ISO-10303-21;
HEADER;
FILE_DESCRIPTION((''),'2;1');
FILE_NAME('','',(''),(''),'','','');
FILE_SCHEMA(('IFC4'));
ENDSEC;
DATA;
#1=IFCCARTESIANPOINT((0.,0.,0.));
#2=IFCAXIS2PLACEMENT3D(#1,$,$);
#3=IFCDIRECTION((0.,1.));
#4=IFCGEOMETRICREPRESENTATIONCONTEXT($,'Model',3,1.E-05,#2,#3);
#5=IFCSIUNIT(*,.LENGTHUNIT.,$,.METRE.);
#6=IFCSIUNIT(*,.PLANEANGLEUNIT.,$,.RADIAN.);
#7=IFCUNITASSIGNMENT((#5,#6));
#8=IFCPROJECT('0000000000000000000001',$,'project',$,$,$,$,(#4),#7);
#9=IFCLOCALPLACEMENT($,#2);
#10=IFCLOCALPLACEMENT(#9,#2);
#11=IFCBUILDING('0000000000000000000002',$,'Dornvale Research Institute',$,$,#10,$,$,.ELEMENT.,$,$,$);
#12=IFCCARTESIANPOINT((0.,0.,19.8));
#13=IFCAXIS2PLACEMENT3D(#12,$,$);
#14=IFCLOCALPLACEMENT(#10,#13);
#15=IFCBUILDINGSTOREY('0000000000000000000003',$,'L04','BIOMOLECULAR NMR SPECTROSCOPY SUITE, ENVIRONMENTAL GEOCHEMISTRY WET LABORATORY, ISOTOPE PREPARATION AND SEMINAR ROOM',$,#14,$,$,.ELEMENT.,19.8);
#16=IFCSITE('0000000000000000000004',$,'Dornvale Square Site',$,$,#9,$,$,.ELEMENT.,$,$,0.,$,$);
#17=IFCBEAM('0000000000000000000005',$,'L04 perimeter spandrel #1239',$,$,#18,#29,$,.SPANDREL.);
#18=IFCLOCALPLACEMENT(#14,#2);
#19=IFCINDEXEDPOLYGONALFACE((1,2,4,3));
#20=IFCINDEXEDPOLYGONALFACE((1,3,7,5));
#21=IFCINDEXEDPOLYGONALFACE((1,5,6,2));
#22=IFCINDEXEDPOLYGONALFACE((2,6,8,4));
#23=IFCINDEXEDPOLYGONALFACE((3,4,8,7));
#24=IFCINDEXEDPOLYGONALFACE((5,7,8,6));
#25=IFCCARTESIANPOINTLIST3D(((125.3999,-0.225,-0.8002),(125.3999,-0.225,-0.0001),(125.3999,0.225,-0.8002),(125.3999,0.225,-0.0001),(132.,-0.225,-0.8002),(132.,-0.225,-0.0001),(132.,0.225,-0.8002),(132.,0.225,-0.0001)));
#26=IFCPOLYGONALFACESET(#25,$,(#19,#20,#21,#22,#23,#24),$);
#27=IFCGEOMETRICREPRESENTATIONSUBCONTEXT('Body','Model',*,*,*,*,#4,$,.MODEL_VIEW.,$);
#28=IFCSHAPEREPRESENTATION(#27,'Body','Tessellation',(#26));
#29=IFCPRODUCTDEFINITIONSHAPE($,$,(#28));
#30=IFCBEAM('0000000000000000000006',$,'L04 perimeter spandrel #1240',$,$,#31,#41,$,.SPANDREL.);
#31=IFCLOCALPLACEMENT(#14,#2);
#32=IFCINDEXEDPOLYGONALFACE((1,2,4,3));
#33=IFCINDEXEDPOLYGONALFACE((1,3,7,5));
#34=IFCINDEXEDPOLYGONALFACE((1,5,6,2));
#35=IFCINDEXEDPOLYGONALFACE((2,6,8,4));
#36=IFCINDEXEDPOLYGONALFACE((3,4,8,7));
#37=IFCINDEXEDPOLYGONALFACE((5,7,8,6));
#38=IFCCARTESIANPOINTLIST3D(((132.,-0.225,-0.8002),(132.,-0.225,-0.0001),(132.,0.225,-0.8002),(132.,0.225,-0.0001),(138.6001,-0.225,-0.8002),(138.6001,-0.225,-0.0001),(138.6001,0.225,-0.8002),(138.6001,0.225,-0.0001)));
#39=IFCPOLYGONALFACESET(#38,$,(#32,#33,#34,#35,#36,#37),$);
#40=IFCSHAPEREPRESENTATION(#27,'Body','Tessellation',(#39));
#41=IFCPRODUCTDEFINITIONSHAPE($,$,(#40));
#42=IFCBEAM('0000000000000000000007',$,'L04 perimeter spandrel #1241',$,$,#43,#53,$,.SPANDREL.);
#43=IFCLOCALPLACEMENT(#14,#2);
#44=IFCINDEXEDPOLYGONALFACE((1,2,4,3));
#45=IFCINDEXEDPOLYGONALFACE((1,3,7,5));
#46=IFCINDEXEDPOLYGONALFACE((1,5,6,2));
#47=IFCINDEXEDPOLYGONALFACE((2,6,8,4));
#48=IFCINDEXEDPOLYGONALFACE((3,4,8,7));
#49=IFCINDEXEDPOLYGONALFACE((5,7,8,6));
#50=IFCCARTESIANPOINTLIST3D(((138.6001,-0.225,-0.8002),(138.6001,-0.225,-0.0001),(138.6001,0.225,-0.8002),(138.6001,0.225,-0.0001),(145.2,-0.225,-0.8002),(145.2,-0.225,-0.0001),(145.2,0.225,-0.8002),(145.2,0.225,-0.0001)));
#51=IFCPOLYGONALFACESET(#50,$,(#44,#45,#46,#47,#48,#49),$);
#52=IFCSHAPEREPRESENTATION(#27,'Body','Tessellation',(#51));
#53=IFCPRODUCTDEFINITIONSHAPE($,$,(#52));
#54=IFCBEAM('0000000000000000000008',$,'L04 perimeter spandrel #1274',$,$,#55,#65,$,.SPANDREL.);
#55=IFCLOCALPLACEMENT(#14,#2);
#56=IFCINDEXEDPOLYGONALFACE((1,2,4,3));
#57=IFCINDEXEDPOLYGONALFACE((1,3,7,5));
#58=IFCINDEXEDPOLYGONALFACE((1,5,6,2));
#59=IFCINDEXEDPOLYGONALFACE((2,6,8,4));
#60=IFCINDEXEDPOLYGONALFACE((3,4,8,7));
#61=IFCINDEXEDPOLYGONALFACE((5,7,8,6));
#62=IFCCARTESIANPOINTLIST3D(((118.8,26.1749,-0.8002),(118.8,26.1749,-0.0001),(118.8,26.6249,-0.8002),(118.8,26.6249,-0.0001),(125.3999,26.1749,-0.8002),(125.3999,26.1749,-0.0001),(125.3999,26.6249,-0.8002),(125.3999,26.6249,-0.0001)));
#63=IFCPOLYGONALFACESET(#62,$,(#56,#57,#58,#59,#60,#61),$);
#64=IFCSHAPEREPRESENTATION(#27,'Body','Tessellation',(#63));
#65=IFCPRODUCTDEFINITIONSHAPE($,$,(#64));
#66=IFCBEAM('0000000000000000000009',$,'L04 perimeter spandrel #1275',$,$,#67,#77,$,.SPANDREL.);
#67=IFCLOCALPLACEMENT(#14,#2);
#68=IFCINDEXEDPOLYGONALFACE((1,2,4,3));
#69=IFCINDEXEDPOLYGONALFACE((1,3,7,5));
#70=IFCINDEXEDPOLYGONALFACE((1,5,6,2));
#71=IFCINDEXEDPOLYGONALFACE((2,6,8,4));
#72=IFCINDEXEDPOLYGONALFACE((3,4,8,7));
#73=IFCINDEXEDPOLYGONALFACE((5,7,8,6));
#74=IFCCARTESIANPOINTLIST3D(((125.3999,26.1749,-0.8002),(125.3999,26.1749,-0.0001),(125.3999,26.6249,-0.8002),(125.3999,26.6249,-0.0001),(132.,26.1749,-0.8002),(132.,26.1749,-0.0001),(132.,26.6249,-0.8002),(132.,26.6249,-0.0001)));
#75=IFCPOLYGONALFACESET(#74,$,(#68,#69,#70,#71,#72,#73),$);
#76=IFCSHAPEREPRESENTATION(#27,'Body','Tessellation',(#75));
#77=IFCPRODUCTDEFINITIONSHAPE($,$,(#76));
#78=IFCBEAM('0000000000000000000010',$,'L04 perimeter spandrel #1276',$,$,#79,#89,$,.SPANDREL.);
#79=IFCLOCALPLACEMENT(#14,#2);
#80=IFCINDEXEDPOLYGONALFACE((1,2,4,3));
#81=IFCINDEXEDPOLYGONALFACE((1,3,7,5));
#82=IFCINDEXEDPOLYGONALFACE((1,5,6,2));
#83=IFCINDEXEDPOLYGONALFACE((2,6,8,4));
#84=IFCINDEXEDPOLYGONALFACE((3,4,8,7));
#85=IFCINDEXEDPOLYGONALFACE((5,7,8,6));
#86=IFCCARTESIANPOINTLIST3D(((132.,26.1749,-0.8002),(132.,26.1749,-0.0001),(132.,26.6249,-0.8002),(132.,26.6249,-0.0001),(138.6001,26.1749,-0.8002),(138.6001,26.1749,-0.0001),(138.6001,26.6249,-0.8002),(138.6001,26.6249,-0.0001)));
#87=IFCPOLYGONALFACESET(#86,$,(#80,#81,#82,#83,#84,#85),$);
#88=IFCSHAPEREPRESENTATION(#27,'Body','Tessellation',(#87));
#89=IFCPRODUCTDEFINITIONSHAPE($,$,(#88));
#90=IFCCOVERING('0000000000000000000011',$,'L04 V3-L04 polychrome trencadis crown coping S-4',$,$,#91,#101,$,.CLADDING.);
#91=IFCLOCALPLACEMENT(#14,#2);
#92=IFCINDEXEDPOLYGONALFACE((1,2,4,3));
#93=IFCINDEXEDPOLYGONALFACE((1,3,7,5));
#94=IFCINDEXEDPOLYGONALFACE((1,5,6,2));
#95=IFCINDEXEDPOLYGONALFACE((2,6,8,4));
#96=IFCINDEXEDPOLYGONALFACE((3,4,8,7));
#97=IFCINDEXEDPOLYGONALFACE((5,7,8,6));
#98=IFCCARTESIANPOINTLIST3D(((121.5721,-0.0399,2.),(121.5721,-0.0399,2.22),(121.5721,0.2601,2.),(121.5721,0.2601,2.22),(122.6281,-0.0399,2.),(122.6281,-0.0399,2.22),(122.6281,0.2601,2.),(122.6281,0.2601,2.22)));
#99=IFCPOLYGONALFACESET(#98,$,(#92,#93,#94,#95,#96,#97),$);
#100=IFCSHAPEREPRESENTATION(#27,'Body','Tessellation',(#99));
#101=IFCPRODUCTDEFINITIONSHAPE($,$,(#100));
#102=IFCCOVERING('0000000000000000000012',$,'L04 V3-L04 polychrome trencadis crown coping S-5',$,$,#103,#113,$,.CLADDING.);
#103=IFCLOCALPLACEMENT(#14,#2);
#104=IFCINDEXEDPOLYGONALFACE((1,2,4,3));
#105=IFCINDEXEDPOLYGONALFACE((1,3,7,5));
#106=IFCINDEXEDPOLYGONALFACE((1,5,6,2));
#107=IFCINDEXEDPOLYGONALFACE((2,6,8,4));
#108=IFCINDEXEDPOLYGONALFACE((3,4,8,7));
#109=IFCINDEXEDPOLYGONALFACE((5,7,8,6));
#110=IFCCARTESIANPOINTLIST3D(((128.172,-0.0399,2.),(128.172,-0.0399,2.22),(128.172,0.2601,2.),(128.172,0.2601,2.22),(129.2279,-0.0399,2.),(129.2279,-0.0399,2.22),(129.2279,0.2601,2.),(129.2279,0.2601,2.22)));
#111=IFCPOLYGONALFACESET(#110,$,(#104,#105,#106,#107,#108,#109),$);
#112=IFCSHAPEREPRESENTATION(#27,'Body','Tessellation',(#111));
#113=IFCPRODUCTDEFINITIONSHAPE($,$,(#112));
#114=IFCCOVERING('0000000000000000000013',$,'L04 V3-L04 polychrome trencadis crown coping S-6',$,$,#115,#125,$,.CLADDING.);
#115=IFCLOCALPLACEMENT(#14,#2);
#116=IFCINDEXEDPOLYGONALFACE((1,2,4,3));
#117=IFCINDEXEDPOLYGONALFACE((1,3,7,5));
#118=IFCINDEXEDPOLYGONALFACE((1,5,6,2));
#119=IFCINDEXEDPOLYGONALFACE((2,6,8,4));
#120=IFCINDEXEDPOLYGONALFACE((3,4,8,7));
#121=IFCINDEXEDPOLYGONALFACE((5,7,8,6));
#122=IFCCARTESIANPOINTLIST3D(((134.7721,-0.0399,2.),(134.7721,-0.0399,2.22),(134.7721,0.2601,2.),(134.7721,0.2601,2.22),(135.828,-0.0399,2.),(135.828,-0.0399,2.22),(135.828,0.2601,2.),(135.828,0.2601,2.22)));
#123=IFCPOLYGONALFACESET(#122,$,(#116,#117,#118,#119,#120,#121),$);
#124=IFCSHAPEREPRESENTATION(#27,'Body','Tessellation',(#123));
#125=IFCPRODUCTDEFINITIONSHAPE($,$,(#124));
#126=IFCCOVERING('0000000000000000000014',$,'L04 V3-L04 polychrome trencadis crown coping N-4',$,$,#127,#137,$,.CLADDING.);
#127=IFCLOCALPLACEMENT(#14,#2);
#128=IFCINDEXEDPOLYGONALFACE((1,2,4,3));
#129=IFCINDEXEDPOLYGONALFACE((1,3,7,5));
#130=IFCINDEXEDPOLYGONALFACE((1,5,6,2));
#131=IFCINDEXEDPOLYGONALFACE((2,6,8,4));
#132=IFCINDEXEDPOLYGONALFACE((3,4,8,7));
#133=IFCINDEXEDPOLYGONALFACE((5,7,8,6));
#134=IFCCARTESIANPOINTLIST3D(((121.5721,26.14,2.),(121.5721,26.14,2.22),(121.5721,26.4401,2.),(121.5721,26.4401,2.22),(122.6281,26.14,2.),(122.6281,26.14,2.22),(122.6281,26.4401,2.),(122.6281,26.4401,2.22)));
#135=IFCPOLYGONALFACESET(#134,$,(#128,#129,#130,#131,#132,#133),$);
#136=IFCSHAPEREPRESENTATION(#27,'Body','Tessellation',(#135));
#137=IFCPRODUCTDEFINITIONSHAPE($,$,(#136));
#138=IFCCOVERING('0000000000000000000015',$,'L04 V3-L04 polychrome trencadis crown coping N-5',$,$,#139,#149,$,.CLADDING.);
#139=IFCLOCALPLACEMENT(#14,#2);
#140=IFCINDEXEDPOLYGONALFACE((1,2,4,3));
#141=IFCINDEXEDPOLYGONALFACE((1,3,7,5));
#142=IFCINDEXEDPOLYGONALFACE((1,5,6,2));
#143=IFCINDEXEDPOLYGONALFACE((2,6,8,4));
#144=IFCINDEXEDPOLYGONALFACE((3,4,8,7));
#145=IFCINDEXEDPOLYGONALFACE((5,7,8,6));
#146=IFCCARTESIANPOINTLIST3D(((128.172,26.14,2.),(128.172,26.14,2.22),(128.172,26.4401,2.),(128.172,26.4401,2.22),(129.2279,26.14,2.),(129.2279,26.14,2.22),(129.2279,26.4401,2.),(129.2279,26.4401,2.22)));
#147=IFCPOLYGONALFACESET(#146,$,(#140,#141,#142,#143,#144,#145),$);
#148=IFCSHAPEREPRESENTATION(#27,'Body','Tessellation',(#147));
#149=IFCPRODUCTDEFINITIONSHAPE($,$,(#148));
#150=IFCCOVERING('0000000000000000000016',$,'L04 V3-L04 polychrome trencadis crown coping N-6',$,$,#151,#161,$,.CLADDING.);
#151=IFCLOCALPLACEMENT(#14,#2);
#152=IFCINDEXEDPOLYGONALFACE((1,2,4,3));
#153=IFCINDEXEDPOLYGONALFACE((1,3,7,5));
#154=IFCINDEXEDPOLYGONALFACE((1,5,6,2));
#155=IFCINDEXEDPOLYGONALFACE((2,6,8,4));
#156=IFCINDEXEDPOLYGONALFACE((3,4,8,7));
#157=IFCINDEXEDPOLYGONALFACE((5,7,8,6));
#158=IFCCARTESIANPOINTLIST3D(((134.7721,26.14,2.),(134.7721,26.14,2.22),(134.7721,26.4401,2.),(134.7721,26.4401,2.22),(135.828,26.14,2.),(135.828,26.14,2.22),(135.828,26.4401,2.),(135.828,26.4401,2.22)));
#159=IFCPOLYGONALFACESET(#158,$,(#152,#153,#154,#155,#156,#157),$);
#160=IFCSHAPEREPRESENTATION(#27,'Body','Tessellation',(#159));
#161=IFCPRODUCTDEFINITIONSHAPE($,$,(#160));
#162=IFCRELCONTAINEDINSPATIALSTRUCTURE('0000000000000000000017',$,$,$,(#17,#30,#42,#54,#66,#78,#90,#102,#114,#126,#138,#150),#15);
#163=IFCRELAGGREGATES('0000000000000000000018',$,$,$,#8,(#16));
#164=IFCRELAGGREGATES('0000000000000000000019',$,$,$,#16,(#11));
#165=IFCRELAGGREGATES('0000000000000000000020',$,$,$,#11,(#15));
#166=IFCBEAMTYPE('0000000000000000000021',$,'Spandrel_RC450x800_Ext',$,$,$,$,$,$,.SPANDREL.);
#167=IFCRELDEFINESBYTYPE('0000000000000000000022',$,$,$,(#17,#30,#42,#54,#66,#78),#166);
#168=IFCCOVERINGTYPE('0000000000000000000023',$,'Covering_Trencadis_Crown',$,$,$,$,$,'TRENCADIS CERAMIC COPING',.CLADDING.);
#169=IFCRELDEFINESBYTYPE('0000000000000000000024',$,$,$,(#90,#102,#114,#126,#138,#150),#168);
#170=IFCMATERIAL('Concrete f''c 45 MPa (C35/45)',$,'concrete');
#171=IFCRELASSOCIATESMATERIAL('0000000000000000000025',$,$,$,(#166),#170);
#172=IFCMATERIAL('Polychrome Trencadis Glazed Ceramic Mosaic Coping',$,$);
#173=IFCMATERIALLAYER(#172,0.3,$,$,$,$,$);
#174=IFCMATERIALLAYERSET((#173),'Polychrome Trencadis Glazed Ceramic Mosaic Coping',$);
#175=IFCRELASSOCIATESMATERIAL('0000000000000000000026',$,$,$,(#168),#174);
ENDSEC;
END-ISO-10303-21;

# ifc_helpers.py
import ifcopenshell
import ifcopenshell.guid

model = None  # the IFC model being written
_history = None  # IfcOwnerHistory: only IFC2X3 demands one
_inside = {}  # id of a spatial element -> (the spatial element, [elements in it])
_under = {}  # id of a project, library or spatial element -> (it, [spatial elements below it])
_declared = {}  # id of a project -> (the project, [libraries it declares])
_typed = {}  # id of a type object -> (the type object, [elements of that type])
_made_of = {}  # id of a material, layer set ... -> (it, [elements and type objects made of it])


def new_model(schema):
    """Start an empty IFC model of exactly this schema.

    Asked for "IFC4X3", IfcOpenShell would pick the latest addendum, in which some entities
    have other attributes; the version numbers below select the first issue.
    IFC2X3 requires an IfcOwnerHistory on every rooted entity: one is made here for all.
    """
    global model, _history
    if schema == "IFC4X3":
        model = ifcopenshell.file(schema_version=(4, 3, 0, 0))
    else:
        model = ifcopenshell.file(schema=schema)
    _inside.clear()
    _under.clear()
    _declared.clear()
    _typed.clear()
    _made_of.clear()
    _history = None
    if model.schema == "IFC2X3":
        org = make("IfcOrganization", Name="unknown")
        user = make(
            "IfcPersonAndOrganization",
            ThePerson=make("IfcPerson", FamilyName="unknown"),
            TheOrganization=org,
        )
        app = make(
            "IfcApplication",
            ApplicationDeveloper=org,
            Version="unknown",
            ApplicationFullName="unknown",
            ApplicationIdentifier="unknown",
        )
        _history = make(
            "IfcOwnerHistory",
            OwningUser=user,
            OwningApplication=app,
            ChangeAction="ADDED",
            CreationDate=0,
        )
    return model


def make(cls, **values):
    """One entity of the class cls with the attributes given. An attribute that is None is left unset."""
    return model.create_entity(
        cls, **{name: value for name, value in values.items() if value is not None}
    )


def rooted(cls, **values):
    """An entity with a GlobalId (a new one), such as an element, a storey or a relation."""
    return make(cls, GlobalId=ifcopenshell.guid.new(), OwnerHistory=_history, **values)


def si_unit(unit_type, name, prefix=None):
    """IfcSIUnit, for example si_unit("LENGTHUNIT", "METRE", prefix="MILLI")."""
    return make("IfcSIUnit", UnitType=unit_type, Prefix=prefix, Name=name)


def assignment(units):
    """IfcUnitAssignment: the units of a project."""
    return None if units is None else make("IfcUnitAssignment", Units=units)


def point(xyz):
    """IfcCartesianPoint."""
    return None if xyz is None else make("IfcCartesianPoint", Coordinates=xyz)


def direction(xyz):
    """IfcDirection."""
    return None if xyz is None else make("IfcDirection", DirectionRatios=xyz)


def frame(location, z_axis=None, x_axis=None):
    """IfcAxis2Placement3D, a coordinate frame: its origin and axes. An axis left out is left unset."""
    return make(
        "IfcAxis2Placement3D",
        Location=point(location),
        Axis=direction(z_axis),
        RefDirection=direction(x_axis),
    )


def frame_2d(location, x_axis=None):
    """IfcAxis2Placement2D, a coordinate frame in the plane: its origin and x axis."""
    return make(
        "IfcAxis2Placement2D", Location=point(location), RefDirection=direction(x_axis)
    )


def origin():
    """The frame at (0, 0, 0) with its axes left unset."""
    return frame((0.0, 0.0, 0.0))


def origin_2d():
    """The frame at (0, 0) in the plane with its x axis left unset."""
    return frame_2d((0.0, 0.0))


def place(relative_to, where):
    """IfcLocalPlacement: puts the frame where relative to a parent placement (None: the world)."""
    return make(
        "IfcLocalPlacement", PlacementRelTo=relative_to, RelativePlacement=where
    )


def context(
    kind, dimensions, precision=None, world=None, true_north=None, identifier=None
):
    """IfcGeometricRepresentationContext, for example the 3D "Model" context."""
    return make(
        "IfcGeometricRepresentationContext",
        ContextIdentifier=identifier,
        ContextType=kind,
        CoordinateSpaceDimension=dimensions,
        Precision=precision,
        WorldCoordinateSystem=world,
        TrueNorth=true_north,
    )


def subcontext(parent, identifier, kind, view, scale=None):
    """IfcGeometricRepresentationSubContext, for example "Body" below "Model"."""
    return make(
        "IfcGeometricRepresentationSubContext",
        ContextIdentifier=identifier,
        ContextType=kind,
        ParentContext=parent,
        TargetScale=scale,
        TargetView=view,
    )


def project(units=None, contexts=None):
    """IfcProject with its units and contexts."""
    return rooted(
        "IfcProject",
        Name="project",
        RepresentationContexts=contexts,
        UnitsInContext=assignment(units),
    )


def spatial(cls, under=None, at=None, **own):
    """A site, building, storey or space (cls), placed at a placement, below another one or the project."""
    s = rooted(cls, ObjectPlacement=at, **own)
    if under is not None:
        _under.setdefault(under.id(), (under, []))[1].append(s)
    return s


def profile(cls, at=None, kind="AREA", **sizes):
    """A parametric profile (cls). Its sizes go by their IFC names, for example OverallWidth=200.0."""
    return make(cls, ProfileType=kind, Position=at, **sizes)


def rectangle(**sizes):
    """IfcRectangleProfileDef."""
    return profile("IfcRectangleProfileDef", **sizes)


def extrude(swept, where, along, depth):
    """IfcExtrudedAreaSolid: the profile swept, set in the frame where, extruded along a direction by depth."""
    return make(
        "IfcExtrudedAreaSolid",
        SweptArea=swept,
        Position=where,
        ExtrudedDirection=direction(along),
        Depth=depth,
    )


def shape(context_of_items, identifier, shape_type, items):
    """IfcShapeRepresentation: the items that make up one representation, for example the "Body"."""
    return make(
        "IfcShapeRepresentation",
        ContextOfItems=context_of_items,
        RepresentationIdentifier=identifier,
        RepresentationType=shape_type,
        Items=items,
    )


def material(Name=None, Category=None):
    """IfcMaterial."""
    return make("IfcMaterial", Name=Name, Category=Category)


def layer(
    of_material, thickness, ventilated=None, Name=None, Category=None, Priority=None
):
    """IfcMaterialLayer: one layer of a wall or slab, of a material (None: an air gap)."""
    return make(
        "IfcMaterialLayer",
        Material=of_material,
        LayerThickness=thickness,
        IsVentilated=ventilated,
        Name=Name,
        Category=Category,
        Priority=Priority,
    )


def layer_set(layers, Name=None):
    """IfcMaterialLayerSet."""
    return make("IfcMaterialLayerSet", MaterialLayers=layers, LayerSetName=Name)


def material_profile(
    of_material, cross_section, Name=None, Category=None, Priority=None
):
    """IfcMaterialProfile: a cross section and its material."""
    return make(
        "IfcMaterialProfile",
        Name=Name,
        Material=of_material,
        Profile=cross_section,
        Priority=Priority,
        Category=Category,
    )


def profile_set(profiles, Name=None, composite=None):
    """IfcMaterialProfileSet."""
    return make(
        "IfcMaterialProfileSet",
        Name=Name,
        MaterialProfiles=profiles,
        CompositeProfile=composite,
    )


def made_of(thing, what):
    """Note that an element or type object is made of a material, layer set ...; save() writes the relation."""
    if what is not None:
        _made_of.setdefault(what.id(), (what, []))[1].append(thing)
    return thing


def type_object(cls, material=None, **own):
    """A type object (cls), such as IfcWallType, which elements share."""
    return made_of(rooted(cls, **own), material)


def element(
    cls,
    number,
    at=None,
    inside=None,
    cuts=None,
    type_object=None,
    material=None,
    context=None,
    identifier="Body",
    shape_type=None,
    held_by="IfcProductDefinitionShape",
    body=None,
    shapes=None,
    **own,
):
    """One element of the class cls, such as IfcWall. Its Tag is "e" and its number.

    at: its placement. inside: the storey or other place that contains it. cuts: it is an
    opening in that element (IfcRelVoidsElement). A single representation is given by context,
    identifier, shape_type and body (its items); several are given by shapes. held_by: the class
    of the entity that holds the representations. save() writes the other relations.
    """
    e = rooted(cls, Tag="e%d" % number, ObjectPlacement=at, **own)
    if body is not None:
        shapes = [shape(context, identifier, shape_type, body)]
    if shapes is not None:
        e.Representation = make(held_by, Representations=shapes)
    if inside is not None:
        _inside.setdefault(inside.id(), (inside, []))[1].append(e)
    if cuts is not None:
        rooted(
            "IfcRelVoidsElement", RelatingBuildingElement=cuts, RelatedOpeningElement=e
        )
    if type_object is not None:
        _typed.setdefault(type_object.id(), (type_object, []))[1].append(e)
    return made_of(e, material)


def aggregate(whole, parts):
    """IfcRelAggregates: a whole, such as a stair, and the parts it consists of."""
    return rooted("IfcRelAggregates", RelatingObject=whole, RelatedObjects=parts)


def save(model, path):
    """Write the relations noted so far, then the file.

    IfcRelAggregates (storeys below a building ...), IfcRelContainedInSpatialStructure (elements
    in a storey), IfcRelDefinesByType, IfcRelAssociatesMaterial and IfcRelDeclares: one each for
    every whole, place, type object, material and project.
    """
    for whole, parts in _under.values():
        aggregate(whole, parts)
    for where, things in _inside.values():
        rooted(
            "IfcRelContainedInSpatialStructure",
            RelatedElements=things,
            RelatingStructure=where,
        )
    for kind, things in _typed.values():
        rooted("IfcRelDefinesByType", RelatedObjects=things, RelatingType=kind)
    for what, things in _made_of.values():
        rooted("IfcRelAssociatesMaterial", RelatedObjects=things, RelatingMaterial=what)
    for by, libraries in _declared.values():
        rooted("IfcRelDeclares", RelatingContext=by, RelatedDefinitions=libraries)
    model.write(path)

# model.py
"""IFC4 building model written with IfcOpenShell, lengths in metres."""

from ifc_helpers import new_model, si_unit, direction, frame, origin, origin_2d, place, context, subcontext, project, spatial, rectangle, extrude, material, layer, layer_set, material_profile, profile_set, type_object, element, save


model = new_model("IFC4")

# Units and contexts
model_context = context("Model", 3, precision=1e-05, world=origin(), true_north=direction((0.0, 1.0)))
body_context = subcontext(model_context, "Body", "Model", "MODEL_VIEW")
ifc_project = project(units=[si_unit("LENGTHUNIT", "METRE"), si_unit("PLANEANGLEUNIT", "RADIAN")], contexts=[model_context])

# Site, building, storey
site_placement = place(None, origin())
site = spatial("IfcSite", under=ifc_project, at=site_placement, Name="Dornvale Square Site", CompositionType="ELEMENT", RefElevation=0.0)
building_placement = place(site_placement, origin())
building = spatial("IfcBuilding", under=site, at=building_placement, Name="Dornvale Research Institute", CompositionType="ELEMENT")
storey_placement = place(building_placement, frame((0.0, 0.0, 19.8)))
storey = spatial("IfcBuildingStorey", under=building, at=storey_placement, Name="L04", Description="BIOMOLECULAR NMR SPECTROSCOPY SUITE, ENVIRONMENTAL GEOCHEMISTRY WET LABORATORY, ISOTOPE PREPARATION AND SEMINAR ROOM", CompositionType="ELEMENT", Elevation=19.8)

# Beams
ifc_material_1 = material(Name="Concrete f'c 45 MPa (C35/45)", Category="concrete")
ifc_material_profile_1 = material_profile(ifc_material_1, rectangle(XDim=0.45, YDim=0.8, at=origin_2d()), Name="RC 450x800")
ifc_profile_set_1 = profile_set([ifc_material_profile_1], Name="Concrete f'c 45 MPa (C35/45)")
beam_type_1 = type_object("IfcBeamType", Name="Spandrel_RC450x800_Ext", PredefinedType="SPANDREL", material=ifc_profile_set_1)
for number, where, z_axis, x_axis, name in (
    (1, (125.3999, 0.0, -0.4001), (1.0, 0.0, 0.0), (0.0, 1.0, 0.0), "L04 perimeter spandrel #1239"),
    (2, (132.0, 0.0, -0.4001), (1.0, 0.0, 0.0), (0.0, 1.0, 0.0), "L04 perimeter spandrel #1240"),
):
    element("IfcBeam", number, at=place(storey_placement, frame(where, z_axis=z_axis, x_axis=x_axis)), inside=storey, type_object=beam_type_1, Name=name, PredefinedType="SPANDREL", context=body_context, shape_type="SweptSolid", body=[
        extrude(rectangle(XDim=0.45, YDim=0.8, at=origin_2d()), origin(), (0.0, 0.0, 1.0), 6.6001),
    ])
for number, where, z_axis, x_axis, name in (
    (3, (138.6001, 0.0, -0.4001), (1.0, 0.0, 0.0), (0.0, 1.0, 0.0), "L04 perimeter spandrel #1241"),
    (4, (118.8, 26.3999, -0.4001), (1.0, 0.0, 0.0), (0.0, 1.0, 0.0), "L04 perimeter spandrel #1274"),
):
    element("IfcBeam", number, at=place(storey_placement, frame(where, z_axis=z_axis, x_axis=x_axis)), inside=storey, type_object=beam_type_1, Name=name, PredefinedType="SPANDREL", context=body_context, shape_type="SweptSolid", body=[
        extrude(rectangle(XDim=0.45, YDim=0.8, at=origin_2d()), origin(), (0.0, 0.0, 1.0), 6.5999),
    ])
for number, where, z_axis, x_axis, name in (
    (5, (125.3999, 26.3999, -0.4001), (1.0, 0.0, 0.0), (0.0, 1.0, 0.0), "L04 perimeter spandrel #1275"),
    (6, (132.0, 26.3999, -0.4001), (1.0, 0.0, 0.0), (0.0, 1.0, 0.0), "L04 perimeter spandrel #1276"),
):
    element("IfcBeam", number, at=place(storey_placement, frame(where, z_axis=z_axis, x_axis=x_axis)), inside=storey, type_object=beam_type_1, Name=name, PredefinedType="SPANDREL", context=body_context, shape_type="SweptSolid", body=[
        extrude(rectangle(XDim=0.45, YDim=0.8, at=origin_2d()), origin(), (0.0, 0.0, 1.0), 6.6001),
    ])

# Coverings
ifc_material_2 = material(Name="Polychrome Trencadis Glazed Ceramic Mosaic Coping")
ifc_layer = layer(ifc_material_2, 0.3)
ifc_layer_set = layer_set([ifc_layer], Name="Polychrome Trencadis Glazed Ceramic Mosaic Coping")
covering_type = type_object("IfcCoveringType", Name="Covering_Trencadis_Crown", ElementType="TRENCADIS CERAMIC COPING", PredefinedType="CLADDING", material=ifc_layer_set)
for number, where, z_axis, x_axis, name in (
    (7, (122.1001, 0.1101, 2.0), (0.0, 0.0, 1.0), (1.0, 0.0, 0.0), "L04 V3-L04 polychrome trencadis crown coping S-4"),
    (8, (128.7, 0.1101, 2.0), (0.0, 0.0, 1.0), (1.0, 0.0, 0.0), "L04 V3-L04 polychrome trencadis crown coping S-5"),
    (9, (135.3, 0.1101, 2.0), (0.0, 0.0, 1.0), (1.0, 0.0, 0.0), "L04 V3-L04 polychrome trencadis crown coping S-6"),
    (10, (122.1001, 26.29, 2.0), (0.0, 0.0, 1.0), (1.0, 0.0, 0.0), "L04 V3-L04 polychrome trencadis crown coping N-4"),
    (11, (128.7, 26.29, 2.0), (0.0, 0.0, 1.0), (1.0, 0.0, 0.0), "L04 V3-L04 polychrome trencadis crown coping N-5"),
    (12, (135.3, 26.29, 2.0), (0.0, 0.0, 1.0), (1.0, 0.0, 0.0), "L04 V3-L04 polychrome trencadis crown coping N-6"),
):
    element("IfcCovering", number, at=place(storey_placement, frame(where, z_axis=z_axis, x_axis=x_axis)), inside=storey, type_object=covering_type, Name=name, PredefinedType="CLADDING", context=body_context, shape_type="SweptSolid", body=[
        extrude(rectangle(XDim=1.0559, YDim=0.3, at=origin_2d()), origin(), (0.0, 0.0, 1.0), 0.22),
    ])

save(model, "model.ifc")
